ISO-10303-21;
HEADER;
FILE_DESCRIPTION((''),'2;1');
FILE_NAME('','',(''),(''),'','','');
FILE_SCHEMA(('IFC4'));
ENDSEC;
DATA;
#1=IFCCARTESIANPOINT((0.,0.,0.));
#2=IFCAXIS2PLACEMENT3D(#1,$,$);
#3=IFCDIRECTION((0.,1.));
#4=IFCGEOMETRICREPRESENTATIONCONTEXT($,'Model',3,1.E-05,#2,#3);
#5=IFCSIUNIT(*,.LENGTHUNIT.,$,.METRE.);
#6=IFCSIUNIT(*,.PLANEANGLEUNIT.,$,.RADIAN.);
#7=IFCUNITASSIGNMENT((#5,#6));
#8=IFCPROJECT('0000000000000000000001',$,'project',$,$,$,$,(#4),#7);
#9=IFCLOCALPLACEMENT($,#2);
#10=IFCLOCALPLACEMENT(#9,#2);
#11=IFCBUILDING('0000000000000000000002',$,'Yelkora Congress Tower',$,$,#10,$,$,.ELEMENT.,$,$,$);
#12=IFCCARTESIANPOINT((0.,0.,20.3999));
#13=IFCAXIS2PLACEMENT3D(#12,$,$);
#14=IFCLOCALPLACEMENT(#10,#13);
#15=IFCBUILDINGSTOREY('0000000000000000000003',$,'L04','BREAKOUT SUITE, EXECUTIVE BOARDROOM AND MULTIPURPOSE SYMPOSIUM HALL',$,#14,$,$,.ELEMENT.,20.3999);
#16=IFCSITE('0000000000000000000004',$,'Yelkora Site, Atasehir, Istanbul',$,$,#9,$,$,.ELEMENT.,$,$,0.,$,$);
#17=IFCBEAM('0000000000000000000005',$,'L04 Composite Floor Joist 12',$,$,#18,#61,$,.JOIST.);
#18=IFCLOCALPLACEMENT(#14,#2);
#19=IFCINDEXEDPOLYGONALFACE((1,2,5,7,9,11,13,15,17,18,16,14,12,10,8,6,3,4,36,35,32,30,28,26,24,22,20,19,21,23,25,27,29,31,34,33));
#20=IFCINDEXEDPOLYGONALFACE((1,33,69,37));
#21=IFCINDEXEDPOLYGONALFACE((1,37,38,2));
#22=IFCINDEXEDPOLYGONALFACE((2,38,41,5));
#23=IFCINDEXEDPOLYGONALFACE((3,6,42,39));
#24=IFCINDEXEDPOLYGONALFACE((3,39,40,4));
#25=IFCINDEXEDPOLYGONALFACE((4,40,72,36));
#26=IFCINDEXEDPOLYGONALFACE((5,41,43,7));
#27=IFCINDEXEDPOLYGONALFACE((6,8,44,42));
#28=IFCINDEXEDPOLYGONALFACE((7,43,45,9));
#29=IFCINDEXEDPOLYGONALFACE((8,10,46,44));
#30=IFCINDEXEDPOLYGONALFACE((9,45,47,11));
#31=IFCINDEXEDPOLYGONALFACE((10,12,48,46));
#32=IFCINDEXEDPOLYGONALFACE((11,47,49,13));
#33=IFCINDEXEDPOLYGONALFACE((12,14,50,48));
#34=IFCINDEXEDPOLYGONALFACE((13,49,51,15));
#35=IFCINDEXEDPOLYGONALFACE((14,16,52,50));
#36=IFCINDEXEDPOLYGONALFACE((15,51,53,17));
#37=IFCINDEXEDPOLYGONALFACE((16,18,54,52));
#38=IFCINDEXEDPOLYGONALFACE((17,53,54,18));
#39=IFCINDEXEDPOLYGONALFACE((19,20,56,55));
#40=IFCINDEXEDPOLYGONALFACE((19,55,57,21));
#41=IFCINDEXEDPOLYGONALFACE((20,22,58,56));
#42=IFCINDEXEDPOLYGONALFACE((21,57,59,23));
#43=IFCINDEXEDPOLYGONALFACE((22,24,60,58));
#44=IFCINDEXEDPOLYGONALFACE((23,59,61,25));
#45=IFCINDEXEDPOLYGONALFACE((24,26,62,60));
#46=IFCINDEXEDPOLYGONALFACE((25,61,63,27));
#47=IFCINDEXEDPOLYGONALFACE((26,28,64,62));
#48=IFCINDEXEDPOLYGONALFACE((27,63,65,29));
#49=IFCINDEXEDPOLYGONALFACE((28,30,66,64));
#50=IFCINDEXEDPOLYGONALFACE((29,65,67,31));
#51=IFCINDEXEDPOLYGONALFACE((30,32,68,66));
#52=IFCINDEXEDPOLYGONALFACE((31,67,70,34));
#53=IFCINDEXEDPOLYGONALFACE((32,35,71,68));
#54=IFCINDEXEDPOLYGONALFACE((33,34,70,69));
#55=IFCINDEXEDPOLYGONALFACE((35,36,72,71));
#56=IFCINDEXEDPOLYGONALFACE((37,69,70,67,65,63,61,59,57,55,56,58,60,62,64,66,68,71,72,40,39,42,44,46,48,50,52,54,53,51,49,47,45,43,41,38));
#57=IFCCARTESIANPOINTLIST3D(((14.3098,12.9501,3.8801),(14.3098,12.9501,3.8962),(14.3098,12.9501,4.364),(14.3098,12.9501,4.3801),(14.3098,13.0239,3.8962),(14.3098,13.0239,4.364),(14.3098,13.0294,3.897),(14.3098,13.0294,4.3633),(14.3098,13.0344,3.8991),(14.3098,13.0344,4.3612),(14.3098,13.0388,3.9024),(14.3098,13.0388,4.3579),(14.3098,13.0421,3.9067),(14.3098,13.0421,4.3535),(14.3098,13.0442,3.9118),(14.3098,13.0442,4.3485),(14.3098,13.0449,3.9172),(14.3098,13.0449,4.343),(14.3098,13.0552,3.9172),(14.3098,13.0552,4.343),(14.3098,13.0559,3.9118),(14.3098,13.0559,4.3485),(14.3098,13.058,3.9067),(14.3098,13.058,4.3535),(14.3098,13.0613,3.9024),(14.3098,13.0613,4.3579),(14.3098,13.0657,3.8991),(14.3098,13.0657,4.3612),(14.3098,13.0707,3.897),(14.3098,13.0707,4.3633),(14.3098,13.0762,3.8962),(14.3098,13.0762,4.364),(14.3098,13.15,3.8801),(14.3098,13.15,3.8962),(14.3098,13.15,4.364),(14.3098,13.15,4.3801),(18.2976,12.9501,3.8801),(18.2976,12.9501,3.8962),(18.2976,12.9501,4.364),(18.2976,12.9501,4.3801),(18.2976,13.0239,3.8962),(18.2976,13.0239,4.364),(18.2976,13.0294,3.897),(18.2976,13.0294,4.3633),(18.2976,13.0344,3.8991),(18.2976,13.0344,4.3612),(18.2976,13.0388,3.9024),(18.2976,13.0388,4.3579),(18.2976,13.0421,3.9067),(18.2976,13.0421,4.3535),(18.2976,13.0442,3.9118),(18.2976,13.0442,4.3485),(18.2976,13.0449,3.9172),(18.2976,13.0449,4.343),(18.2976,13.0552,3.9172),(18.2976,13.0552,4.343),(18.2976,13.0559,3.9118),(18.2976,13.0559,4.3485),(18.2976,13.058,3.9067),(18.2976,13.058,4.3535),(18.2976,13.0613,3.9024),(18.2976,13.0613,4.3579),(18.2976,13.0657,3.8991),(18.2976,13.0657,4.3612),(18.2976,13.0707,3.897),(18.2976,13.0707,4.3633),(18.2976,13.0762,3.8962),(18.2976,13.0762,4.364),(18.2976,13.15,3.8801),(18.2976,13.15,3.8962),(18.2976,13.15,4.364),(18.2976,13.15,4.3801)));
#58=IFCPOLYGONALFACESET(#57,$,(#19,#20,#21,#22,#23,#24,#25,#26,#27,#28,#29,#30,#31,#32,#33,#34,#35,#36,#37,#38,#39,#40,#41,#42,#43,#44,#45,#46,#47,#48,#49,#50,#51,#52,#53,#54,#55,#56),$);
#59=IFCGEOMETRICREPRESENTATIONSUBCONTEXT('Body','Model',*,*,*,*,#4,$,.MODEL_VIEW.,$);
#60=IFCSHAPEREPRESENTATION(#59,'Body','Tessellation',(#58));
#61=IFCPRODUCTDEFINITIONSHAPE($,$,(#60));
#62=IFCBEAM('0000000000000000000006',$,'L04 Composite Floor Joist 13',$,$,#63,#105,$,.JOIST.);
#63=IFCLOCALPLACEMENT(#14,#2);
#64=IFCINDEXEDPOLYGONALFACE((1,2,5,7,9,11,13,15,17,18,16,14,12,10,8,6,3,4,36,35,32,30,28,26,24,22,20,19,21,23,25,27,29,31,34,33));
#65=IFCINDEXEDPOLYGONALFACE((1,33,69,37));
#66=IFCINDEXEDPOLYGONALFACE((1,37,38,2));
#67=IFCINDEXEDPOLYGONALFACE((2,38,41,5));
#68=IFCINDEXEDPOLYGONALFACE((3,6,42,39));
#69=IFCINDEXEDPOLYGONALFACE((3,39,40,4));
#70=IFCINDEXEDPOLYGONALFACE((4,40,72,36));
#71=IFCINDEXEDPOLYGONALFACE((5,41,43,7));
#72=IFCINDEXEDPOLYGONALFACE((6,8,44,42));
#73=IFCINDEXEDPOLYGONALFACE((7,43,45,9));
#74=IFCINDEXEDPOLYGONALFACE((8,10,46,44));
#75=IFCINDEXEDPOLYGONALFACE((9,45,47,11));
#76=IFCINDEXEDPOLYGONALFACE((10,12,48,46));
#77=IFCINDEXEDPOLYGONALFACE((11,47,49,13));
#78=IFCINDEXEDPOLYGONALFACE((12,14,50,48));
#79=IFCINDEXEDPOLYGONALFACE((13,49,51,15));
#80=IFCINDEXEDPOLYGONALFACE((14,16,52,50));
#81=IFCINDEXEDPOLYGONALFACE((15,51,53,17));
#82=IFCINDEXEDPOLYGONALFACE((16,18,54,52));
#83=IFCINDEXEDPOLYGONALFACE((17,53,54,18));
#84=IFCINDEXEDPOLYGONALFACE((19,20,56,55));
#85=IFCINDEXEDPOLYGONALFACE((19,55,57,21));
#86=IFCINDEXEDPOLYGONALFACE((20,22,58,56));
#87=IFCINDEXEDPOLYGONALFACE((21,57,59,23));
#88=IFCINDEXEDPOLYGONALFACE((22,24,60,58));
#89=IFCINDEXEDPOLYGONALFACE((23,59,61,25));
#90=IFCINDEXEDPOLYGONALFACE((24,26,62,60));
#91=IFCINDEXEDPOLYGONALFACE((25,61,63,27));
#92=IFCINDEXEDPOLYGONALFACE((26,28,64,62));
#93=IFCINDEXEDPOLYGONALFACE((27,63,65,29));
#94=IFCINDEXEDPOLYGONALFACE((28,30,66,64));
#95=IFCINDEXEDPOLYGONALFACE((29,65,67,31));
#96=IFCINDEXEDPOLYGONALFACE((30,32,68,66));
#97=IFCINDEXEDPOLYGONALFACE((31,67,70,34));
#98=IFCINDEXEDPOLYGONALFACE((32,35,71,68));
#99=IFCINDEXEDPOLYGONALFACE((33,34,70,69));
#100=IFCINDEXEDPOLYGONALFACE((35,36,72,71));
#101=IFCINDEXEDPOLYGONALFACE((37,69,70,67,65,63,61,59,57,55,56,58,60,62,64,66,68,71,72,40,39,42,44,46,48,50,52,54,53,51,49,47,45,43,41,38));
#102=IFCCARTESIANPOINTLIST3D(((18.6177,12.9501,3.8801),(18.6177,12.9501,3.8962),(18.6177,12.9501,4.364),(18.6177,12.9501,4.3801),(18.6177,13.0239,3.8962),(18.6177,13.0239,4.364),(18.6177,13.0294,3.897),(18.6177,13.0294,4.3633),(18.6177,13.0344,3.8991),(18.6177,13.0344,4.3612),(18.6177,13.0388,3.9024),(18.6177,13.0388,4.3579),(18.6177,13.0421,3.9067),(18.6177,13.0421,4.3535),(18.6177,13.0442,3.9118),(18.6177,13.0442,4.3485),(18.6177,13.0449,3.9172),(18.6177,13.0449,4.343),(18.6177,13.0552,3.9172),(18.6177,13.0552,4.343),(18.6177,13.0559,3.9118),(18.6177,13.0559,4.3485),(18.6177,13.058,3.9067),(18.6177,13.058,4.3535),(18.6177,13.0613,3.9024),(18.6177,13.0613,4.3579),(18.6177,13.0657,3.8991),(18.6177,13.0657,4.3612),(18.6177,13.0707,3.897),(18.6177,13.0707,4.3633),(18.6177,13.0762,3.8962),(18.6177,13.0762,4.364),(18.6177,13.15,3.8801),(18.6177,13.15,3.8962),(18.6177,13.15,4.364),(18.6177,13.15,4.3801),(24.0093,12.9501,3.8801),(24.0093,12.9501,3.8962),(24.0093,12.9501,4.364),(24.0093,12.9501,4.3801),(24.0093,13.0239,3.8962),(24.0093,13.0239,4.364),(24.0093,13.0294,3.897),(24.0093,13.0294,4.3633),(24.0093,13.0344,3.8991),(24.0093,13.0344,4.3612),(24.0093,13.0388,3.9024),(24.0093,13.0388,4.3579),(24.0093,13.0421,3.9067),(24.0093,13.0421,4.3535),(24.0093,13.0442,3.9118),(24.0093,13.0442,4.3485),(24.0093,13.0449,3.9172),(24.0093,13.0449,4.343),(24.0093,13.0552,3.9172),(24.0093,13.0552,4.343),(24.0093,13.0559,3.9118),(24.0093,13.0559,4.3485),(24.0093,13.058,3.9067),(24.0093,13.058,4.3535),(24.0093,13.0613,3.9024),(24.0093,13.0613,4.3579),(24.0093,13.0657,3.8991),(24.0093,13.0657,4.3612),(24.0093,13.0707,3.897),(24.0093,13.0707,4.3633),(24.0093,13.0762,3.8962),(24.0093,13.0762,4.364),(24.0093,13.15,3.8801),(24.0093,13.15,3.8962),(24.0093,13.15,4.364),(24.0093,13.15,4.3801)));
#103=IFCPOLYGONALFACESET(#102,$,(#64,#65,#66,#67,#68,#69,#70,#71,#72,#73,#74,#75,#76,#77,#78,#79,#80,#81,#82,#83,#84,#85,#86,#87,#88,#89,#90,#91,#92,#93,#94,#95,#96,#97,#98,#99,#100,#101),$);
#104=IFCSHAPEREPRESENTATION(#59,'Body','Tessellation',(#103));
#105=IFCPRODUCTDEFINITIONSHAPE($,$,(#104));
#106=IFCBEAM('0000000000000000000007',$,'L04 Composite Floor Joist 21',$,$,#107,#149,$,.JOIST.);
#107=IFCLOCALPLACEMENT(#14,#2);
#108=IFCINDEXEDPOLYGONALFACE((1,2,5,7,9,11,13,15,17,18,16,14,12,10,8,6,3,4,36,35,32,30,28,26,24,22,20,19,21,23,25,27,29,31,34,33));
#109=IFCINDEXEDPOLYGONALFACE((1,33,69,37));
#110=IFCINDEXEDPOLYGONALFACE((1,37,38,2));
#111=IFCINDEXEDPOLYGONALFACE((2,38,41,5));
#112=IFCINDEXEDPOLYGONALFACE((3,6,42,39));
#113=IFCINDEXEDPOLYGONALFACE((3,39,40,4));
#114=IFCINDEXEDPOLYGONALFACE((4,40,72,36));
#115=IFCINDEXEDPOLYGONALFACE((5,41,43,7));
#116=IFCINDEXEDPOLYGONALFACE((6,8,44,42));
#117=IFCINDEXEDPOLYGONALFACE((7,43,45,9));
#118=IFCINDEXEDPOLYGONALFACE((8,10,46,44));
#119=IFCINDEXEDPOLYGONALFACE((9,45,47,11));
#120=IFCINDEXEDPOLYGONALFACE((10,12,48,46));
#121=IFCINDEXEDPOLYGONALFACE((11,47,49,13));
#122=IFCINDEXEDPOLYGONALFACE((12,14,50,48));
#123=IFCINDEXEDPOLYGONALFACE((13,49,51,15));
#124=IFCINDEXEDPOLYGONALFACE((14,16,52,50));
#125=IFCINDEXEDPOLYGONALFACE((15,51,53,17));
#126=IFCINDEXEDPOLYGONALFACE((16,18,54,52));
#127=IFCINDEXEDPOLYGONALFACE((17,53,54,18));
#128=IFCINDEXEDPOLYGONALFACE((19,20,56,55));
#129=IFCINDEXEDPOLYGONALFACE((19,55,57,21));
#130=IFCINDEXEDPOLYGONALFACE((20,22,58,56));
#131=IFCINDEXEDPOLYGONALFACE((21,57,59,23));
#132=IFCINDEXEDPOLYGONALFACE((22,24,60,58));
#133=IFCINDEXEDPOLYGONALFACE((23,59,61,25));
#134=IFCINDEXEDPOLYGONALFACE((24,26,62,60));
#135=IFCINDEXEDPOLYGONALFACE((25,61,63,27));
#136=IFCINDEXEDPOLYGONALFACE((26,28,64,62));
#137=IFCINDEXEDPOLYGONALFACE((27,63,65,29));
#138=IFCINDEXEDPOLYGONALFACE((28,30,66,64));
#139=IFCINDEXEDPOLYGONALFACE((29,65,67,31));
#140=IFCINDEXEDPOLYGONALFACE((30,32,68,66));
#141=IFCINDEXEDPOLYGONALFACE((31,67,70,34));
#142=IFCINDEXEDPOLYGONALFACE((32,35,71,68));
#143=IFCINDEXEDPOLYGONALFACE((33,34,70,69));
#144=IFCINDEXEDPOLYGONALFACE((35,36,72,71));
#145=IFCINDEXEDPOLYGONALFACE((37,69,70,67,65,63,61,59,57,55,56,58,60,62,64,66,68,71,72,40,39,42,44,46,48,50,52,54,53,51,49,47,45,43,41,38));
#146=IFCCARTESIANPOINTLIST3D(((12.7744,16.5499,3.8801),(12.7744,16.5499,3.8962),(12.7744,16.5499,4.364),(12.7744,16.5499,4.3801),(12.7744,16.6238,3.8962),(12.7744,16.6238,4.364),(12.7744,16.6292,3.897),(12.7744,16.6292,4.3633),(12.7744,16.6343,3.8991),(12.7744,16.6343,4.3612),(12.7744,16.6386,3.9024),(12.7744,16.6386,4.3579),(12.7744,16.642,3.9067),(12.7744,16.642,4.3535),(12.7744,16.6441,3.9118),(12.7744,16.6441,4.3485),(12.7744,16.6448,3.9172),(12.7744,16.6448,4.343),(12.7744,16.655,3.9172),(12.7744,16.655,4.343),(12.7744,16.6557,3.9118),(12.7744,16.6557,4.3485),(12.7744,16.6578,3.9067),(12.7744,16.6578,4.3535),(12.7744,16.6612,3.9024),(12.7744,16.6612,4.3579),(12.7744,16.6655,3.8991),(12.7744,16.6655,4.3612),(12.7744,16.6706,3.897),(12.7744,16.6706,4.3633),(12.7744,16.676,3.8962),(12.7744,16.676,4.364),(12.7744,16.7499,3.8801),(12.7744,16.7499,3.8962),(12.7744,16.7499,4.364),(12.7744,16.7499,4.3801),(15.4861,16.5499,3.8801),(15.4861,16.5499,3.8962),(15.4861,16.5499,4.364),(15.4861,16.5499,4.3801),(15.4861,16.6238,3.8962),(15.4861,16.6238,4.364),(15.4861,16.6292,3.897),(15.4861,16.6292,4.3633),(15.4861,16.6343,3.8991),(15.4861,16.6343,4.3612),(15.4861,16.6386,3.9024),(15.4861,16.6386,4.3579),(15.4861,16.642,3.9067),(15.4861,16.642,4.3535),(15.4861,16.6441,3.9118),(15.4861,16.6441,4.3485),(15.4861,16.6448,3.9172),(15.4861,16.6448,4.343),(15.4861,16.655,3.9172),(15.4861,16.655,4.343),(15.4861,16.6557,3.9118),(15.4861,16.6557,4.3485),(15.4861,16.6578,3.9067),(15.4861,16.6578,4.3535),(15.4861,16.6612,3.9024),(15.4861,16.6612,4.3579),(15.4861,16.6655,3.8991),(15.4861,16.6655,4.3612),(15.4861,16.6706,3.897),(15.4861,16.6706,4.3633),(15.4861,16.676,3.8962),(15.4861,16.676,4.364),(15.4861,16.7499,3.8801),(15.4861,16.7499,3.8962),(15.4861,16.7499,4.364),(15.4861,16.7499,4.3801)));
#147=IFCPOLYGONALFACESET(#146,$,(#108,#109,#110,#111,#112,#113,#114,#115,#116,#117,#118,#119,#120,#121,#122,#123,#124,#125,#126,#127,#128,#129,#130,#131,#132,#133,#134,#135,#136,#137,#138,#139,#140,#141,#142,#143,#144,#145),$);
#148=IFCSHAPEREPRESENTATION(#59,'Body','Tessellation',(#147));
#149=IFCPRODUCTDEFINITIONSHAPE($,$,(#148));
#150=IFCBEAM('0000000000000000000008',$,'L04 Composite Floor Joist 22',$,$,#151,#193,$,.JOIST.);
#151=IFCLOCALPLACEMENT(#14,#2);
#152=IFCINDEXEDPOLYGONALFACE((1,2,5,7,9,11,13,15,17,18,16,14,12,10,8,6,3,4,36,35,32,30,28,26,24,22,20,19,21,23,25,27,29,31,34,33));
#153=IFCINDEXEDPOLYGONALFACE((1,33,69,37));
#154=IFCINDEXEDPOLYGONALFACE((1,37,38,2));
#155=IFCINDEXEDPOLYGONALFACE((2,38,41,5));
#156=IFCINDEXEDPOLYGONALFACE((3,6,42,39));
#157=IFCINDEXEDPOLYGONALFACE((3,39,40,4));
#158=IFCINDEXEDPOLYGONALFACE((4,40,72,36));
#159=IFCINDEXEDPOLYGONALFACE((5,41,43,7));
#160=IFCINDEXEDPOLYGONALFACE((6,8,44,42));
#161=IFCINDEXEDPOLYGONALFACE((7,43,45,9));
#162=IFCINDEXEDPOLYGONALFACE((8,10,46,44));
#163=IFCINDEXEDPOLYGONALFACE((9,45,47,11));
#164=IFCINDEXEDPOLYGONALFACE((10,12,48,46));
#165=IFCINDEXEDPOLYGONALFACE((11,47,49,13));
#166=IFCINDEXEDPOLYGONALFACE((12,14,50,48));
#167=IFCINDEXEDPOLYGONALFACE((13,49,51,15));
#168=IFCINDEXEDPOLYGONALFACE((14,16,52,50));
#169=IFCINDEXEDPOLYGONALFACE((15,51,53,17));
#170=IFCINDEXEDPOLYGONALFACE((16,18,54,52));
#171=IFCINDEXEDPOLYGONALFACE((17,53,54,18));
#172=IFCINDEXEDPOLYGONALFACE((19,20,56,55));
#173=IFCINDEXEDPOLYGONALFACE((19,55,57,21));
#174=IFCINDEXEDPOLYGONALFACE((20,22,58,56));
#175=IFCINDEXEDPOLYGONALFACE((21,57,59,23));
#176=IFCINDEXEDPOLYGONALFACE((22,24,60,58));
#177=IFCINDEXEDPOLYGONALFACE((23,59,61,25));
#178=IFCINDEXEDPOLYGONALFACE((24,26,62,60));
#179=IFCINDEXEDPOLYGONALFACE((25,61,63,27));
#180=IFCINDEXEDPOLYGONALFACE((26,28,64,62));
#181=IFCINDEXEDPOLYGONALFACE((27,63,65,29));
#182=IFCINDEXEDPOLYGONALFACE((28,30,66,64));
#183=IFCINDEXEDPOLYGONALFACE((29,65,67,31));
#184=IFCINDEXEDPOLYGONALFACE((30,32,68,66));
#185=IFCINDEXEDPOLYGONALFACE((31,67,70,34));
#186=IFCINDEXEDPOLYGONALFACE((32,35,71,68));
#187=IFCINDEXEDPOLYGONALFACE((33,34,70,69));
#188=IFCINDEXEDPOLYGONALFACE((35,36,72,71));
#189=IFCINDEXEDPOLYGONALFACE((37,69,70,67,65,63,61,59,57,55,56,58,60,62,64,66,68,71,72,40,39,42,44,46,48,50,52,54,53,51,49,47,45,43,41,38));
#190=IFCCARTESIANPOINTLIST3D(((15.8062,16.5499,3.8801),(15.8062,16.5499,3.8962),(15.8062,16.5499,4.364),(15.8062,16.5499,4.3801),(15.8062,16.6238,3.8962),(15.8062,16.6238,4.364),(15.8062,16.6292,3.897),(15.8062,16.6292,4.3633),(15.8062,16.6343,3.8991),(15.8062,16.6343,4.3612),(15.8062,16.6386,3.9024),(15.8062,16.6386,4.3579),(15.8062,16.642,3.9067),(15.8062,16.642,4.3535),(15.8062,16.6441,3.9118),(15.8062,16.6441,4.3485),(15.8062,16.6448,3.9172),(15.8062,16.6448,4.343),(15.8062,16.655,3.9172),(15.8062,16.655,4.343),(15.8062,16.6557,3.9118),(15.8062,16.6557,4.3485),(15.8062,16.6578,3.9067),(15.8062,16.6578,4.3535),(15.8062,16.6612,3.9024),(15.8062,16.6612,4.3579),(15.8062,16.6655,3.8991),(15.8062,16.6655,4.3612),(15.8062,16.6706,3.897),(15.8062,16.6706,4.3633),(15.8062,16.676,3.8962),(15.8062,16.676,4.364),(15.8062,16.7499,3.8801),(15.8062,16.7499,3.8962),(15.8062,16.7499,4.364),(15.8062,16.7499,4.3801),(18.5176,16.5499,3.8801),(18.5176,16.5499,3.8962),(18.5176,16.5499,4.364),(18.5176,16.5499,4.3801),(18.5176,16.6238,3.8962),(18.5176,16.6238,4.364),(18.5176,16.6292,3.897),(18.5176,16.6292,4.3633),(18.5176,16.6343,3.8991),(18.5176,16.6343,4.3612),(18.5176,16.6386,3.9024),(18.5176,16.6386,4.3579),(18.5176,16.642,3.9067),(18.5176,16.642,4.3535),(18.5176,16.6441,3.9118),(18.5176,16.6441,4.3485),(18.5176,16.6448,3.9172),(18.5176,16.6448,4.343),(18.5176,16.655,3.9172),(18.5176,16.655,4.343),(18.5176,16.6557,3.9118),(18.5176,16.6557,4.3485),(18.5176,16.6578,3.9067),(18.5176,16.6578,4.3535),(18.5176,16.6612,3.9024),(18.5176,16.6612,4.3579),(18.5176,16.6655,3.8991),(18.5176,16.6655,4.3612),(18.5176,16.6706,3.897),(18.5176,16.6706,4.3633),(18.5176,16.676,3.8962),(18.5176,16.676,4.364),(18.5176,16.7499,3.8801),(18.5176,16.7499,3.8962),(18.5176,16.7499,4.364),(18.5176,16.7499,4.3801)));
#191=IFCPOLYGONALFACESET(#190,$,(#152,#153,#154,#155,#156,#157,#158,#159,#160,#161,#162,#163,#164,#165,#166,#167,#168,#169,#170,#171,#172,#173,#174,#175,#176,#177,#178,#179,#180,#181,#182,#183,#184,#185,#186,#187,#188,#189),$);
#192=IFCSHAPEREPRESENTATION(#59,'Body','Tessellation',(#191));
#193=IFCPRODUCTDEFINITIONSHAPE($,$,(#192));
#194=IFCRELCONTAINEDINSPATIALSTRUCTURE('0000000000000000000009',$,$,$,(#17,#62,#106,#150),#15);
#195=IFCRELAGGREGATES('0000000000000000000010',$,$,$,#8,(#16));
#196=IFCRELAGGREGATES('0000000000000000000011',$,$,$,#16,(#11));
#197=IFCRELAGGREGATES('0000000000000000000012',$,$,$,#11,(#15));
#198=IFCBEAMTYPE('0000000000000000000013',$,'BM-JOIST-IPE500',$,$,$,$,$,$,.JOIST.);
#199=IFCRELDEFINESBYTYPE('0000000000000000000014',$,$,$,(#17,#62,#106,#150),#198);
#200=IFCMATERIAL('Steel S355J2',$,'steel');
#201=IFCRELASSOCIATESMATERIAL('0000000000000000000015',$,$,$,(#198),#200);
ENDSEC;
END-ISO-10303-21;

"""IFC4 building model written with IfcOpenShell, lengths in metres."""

from ifc_helpers import new_model, si_unit, direction, frame, origin, origin_2d, place, context, subcontext, project, spatial, i_section, extrude, material, material_profile, profile_set, type_object, element, save


model = new_model("IFC4")

# Units and contexts
model_context = context("Model", 3, precision=1e-05, world=origin(), true_north=direction((0.0, 1.0)))
body_context = subcontext(model_context, "Body", "Model", "MODEL_VIEW")
ifc_project = project(units=[si_unit("LENGTHUNIT", "METRE"), si_unit("PLANEANGLEUNIT", "RADIAN")], contexts=[model_context])

# Site, building, storey
site_placement = place(None, origin())
site = spatial("IfcSite", under=ifc_project, at=site_placement, Name="Yelkora Site, Atasehir, Istanbul", CompositionType="ELEMENT", RefElevation=0.0)
building_placement = place(site_placement, origin())
building = spatial("IfcBuilding", under=site, at=building_placement, Name="Yelkora Congress Tower", CompositionType="ELEMENT")
storey_placement = place(building_placement, frame((0.0, 0.0, 20.3999)))
storey = spatial("IfcBuildingStorey", under=building, at=storey_placement, Name="L04", Description="BREAKOUT SUITE, EXECUTIVE BOARDROOM AND MULTIPURPOSE SYMPOSIUM HALL", CompositionType="ELEMENT", Elevation=20.3999)

# Beams
ifc_material_1 = material(Name="Steel S355J2", Category="steel")
ifc_material_profile_1 = material_profile(ifc_material_1, i_section(OverallWidth=0.2, OverallDepth=0.5, WebThickness=0.0103, FlangeThickness=0.0161, FilletRadius=0.021, at=origin_2d()), Name="IPE 500")
ifc_profile_set_1 = profile_set([ifc_material_profile_1], Name="Steel S355J2")
beam_type_1 = type_object("IfcBeamType", Name="BM-JOIST-IPE500", PredefinedType="JOIST", material=ifc_profile_set_1)
beam_1_placement = place(storey_placement, frame((14.3098, 13.05, 4.1301), z_axis=(1.0, 0.0, 0.0), x_axis=(0.0, 1.0, 0.0)))
element("IfcBeam", 1, at=beam_1_placement, inside=storey, type_object=beam_type_1, Name="L04 Composite Floor Joist 12", PredefinedType="JOIST", context=body_context, shape_type="SweptSolid", body=[
    extrude(i_section(OverallWidth=0.2, OverallDepth=0.5, WebThickness=0.0103, FlangeThickness=0.0161, FilletRadius=0.021, at=origin_2d()), origin(), (0.0, 0.0, 1.0), 3.9878),
])
beam_2_placement = place(storey_placement, frame((18.6177, 13.05, 4.1301), z_axis=(1.0, 0.0, 0.0), x_axis=(0.0, 1.0, 0.0)))
element("IfcBeam", 2, at=beam_2_placement, inside=storey, type_object=beam_type_1, Name="L04 Composite Floor Joist 13", PredefinedType="JOIST", context=body_context, shape_type="SweptSolid", body=[
    extrude(i_section(OverallWidth=0.2, OverallDepth=0.5, WebThickness=0.0103, FlangeThickness=0.0161, FilletRadius=0.021, at=origin_2d()), origin(), (0.0, 0.0, 1.0), 5.3916),
])
beam_3_placement = place(storey_placement, frame((12.7744, 16.6499, 4.1301), z_axis=(1.0, 0.0, 0.0), x_axis=(0.0, 1.0, 0.0)))
element("IfcBeam", 3, at=beam_3_placement, inside=storey, type_object=beam_type_1, Name="L04 Composite Floor Joist 21", PredefinedType="JOIST", context=body_context, shape_type="SweptSolid", body=[
    extrude(i_section(OverallWidth=0.2, OverallDepth=0.5, WebThickness=0.0103, FlangeThickness=0.0161, FilletRadius=0.021, at=origin_2d()), origin(), (0.0, 0.0, 1.0), 2.7117),
])
beam_4_placement = place(storey_placement, frame((15.8062, 16.6499, 4.1301), z_axis=(1.0, 0.0, 0.0), x_axis=(0.0, 1.0, 0.0)))
element("IfcBeam", 4, at=beam_4_placement, inside=storey, type_object=beam_type_1, Name="L04 Composite Floor Joist 22", PredefinedType="JOIST", context=body_context, shape_type="SweptSolid", body=[
    extrude(i_section(OverallWidth=0.2, OverallDepth=0.5, WebThickness=0.0103, FlangeThickness=0.0161, FilletRadius=0.021, at=origin_2d()), origin(), (0.0, 0.0, 1.0), 2.7114),
])

save(model, "model.ifc")
